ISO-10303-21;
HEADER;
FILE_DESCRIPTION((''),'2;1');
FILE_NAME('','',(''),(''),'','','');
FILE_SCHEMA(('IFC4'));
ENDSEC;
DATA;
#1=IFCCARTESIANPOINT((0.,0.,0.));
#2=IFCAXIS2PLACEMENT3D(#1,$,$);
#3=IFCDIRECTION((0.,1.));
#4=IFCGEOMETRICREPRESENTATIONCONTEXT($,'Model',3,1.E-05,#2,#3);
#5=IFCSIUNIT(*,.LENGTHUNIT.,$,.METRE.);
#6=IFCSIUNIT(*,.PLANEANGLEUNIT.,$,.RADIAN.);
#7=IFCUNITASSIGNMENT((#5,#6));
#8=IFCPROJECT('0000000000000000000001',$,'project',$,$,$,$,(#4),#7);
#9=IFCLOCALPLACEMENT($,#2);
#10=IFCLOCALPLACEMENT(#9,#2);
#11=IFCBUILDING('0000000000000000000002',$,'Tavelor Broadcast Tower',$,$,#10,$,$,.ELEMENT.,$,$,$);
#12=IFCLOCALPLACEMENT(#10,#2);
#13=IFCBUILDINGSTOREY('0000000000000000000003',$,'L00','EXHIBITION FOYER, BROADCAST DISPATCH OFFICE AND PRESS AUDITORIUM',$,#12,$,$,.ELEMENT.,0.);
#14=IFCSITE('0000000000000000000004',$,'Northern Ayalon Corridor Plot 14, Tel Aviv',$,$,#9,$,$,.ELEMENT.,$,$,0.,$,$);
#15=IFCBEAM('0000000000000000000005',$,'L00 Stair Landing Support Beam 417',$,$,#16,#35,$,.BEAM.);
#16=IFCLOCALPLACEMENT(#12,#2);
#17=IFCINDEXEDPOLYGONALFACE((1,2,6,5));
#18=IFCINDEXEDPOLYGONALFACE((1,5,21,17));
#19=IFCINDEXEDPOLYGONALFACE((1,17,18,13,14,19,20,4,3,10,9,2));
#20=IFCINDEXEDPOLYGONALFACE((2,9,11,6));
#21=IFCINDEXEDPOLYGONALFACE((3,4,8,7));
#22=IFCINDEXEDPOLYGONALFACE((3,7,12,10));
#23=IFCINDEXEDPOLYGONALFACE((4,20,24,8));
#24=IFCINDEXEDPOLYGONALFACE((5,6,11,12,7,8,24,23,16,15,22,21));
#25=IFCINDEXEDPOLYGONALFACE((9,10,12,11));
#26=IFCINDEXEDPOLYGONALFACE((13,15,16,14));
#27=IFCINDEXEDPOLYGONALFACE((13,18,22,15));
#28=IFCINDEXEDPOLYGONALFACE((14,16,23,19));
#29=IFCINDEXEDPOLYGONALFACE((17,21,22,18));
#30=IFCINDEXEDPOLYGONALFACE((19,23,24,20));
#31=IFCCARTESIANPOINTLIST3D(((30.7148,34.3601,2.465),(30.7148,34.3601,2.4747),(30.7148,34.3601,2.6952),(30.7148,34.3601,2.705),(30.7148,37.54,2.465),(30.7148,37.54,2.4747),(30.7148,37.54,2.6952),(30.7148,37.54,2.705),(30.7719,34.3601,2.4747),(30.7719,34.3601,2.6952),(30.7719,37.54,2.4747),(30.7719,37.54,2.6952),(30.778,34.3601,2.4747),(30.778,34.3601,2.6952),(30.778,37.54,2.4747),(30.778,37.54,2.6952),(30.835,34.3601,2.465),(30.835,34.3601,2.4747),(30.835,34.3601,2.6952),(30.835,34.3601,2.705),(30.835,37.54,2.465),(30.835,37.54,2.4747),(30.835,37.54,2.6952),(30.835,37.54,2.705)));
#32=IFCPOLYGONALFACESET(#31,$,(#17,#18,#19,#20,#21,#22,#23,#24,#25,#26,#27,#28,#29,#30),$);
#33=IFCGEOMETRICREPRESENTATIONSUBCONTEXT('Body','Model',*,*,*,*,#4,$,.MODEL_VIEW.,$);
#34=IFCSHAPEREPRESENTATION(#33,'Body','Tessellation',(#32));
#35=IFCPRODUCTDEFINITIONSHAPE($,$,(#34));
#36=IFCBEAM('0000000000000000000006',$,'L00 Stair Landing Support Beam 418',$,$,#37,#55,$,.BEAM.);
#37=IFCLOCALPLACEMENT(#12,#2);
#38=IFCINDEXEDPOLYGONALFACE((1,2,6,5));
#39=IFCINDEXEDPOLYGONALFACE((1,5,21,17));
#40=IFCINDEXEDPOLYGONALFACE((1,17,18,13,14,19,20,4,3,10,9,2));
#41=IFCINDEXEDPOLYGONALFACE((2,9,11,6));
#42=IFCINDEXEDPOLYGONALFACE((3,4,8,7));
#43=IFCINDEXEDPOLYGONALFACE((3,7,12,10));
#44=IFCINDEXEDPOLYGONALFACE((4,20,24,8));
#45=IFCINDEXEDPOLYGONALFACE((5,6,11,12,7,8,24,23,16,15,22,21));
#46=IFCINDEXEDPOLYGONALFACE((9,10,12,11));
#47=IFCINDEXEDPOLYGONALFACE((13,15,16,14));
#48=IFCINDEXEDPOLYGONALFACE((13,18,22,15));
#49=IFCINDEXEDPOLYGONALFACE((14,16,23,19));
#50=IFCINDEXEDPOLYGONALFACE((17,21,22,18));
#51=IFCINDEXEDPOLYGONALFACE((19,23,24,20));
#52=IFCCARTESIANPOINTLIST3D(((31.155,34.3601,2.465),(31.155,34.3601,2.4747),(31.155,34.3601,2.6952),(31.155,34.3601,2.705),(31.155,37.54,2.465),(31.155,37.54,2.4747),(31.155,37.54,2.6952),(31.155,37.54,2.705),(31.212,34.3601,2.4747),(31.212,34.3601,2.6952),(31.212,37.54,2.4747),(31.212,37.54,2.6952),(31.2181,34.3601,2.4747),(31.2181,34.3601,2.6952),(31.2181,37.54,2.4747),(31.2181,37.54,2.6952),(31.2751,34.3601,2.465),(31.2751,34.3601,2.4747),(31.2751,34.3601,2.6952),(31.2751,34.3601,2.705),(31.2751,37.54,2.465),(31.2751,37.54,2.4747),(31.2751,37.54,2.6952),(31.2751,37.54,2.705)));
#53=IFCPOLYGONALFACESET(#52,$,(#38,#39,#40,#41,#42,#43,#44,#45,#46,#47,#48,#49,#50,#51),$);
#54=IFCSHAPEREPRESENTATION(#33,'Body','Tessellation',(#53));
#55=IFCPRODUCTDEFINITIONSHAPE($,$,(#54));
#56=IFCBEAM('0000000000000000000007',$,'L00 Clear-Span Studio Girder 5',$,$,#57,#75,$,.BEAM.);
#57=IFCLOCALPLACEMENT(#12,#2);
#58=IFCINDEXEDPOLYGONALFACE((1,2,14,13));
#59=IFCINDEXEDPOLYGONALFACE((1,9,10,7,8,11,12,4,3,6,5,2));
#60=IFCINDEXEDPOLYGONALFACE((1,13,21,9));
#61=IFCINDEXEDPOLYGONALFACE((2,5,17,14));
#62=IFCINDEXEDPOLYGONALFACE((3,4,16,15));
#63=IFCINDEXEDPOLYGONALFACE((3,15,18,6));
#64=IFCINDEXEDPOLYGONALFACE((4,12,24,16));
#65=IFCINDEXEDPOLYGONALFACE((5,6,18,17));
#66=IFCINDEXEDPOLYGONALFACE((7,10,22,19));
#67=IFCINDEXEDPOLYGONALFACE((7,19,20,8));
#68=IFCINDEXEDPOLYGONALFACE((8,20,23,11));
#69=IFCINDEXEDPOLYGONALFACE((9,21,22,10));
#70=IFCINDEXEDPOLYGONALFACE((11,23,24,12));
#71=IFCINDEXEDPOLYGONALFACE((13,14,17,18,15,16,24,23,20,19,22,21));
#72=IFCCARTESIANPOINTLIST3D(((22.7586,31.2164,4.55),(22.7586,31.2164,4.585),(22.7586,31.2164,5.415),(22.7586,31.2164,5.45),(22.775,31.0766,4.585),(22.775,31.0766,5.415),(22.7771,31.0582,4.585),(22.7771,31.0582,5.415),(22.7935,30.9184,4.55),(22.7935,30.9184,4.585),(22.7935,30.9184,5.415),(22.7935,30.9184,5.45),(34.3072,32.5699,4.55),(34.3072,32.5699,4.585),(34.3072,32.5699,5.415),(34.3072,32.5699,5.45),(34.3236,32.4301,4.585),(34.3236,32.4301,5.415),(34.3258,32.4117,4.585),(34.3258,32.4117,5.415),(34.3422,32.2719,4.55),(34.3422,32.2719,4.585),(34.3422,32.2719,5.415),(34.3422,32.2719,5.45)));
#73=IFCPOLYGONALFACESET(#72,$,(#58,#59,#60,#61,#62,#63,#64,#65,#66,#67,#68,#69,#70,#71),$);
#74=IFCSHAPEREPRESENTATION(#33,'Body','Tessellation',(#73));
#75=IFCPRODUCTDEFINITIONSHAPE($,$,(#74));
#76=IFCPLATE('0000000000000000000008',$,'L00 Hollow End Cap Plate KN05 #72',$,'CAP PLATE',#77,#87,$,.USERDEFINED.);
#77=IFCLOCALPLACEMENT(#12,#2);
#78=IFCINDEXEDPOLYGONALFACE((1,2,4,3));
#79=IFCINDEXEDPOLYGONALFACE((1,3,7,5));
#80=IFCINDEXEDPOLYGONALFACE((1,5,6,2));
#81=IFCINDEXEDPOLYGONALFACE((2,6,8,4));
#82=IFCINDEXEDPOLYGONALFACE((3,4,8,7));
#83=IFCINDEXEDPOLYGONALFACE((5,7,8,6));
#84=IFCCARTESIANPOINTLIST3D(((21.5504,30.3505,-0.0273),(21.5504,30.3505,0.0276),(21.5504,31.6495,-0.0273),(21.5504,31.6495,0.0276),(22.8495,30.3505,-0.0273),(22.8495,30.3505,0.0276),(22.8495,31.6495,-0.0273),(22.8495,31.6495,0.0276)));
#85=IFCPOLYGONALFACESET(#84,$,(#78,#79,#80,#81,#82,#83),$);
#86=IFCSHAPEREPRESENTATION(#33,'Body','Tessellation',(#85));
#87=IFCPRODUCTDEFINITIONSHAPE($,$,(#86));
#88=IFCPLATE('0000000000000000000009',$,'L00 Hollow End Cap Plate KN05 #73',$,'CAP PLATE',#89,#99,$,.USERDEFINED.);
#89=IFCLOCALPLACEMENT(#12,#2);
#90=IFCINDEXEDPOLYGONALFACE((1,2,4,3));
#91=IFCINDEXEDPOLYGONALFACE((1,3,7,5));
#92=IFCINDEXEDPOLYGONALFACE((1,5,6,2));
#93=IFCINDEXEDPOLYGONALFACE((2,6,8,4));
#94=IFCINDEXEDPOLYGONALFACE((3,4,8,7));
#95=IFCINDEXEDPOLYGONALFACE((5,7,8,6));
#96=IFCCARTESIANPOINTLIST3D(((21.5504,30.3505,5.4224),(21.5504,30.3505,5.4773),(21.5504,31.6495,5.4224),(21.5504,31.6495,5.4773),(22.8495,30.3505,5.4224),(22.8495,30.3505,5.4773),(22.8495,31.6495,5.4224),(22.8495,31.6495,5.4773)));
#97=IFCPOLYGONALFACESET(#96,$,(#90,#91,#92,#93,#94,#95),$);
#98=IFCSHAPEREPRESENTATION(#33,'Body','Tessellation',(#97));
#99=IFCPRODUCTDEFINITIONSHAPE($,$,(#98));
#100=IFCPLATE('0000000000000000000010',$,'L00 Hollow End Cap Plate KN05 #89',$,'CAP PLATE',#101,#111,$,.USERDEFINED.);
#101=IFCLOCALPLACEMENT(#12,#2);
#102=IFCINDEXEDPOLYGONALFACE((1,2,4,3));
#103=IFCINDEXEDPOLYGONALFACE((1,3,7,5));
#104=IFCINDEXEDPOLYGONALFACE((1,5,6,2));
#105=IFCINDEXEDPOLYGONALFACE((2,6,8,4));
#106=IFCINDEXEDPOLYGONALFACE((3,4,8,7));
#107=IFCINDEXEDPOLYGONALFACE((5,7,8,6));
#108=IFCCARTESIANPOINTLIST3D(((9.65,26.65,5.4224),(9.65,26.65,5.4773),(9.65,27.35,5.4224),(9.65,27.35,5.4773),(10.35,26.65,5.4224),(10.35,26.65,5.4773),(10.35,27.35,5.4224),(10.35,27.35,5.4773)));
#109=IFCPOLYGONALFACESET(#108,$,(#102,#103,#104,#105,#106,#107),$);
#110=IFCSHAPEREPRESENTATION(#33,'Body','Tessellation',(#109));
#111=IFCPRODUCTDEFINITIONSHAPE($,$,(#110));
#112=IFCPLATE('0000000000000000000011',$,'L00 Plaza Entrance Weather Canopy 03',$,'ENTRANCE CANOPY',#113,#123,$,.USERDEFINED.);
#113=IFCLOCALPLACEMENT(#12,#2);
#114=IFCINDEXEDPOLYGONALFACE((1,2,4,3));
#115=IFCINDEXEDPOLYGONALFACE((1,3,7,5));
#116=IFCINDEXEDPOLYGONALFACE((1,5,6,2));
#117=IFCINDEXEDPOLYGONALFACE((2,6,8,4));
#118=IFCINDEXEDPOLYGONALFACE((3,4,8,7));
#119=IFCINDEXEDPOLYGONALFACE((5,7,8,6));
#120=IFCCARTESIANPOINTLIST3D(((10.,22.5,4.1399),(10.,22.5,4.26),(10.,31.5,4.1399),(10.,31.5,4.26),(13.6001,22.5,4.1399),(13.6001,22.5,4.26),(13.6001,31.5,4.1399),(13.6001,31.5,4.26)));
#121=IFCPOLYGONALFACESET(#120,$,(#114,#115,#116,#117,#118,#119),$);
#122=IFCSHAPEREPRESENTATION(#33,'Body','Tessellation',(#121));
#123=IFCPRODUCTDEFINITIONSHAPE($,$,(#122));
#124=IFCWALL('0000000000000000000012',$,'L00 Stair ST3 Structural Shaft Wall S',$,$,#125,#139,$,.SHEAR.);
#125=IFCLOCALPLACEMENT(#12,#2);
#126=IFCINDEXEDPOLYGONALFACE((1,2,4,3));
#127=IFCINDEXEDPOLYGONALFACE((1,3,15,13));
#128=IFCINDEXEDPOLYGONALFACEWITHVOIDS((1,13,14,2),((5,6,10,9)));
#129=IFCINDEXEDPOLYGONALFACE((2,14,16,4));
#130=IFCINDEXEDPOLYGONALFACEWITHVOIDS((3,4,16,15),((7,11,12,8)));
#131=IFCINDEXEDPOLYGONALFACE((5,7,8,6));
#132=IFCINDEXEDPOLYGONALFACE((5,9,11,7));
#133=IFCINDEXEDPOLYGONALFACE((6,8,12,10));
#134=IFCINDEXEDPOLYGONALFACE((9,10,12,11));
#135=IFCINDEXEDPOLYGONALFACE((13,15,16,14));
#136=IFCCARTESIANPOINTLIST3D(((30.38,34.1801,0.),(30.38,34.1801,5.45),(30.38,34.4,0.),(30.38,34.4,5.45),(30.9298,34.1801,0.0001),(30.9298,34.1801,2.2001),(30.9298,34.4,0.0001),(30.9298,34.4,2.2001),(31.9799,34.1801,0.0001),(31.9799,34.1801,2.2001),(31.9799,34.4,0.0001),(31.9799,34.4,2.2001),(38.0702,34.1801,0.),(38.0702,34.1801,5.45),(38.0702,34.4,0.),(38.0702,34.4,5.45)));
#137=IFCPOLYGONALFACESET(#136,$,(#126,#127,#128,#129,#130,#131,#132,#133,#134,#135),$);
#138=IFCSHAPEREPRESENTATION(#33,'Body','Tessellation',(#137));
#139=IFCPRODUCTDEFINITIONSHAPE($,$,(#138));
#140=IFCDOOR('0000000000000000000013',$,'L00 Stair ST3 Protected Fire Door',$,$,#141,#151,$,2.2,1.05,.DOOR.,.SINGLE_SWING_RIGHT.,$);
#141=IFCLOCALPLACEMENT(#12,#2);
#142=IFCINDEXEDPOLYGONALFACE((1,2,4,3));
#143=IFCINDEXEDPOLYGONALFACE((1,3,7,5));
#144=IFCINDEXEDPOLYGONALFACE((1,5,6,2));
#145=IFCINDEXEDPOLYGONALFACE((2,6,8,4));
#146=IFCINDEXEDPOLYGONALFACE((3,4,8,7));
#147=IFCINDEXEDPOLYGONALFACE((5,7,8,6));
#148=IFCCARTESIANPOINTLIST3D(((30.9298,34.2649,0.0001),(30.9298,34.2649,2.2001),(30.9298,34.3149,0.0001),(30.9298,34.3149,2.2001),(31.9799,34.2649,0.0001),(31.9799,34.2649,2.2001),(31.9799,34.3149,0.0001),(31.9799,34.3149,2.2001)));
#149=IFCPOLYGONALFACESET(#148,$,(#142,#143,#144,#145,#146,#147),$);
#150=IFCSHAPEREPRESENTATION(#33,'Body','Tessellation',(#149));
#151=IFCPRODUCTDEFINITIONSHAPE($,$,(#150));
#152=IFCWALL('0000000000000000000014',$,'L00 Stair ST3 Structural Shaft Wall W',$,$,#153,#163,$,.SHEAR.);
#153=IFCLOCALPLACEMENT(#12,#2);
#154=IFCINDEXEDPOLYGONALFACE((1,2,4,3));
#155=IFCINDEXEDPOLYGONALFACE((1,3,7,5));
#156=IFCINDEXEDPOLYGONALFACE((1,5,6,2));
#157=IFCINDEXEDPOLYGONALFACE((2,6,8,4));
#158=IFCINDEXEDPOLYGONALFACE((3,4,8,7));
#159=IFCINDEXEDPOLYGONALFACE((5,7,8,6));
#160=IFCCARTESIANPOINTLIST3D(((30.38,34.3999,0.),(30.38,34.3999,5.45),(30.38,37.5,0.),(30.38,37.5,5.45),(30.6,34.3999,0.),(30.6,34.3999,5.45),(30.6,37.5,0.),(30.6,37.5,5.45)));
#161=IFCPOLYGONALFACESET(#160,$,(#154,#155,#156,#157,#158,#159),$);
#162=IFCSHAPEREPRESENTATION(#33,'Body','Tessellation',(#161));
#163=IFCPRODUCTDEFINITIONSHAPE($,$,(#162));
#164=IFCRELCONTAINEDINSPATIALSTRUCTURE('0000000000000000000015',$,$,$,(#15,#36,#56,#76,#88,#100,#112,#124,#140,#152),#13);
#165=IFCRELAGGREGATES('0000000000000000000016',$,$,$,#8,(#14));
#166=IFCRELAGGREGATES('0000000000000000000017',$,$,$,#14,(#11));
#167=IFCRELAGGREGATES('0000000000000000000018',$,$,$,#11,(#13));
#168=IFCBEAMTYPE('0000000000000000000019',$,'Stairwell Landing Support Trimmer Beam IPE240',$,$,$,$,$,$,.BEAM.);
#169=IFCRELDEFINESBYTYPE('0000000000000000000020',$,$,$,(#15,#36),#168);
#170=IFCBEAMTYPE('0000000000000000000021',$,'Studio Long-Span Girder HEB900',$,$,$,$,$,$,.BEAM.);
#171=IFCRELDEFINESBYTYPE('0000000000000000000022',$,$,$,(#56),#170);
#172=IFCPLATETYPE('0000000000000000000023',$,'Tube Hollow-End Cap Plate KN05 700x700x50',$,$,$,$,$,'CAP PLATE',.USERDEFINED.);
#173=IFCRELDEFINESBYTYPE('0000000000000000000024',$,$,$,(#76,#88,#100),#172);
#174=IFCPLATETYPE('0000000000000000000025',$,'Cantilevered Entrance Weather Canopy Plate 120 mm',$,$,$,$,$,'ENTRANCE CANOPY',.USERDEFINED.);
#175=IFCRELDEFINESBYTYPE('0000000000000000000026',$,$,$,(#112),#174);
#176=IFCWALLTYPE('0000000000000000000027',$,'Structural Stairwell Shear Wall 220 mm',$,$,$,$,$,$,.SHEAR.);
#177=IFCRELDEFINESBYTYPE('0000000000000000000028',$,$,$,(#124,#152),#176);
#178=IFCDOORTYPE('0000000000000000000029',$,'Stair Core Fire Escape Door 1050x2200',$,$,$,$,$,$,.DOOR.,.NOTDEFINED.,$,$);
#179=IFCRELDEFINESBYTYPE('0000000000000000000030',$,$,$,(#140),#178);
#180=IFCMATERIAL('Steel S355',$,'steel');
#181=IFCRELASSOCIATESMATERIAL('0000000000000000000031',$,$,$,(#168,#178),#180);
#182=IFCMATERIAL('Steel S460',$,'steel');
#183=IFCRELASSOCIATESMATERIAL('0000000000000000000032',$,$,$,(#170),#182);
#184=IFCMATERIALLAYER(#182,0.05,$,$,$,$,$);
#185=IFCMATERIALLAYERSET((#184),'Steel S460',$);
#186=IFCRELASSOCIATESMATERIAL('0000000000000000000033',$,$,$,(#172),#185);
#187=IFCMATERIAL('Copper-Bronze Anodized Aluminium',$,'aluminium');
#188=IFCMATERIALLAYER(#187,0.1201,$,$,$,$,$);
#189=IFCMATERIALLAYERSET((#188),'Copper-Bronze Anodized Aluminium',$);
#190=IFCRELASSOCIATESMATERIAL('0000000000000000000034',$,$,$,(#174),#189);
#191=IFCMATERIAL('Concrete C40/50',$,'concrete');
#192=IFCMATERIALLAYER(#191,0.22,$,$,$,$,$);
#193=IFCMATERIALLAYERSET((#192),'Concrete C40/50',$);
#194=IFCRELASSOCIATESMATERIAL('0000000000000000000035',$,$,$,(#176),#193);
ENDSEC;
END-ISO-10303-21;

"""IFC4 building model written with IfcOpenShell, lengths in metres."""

from ifc_helpers import new_model, si_unit, direction, frame, frame_2d, origin, origin_2d, place, context, subcontext, project, spatial, rectangle, i_section, extrude, source, transform, mapped, material, layer, layer_set, material_profile, profile_set, type_object, type_shapes, element, fill, save


model = new_model("IFC4")

# Units and contexts
model_context = context("Model", 3, precision=1e-05, world=origin(), true_north=direction((0.0, 1.0)))
body_context = subcontext(model_context, "Body", "Model", "MODEL_VIEW")
ifc_project = project(units=[si_unit("LENGTHUNIT", "METRE"), si_unit("PLANEANGLEUNIT", "RADIAN")], contexts=[model_context])

# Site, building, storey
site_placement = place(None, origin())
site = spatial("IfcSite", under=ifc_project, at=site_placement, Name="Northern Ayalon Corridor Plot 14, Tel Aviv", CompositionType="ELEMENT", RefElevation=0.0)
building_placement = place(site_placement, origin())
building = spatial("IfcBuilding", under=site, at=building_placement, Name="Tavelor Broadcast Tower", CompositionType="ELEMENT")
storey_placement = place(building_placement, origin())
storey = spatial("IfcBuildingStorey", under=building, at=storey_placement, Name="L00", Description="EXHIBITION FOYER, BROADCAST DISPATCH OFFICE AND PRESS AUDITORIUM", CompositionType="ELEMENT", Elevation=0.0)

# Shared definitions
ifc_material_1 = material(Name="Steel S355", Category="steel")
ifc_material_2 = material(Name="Steel S460", Category="steel")

# Beams
ifc_material_profile_1 = material_profile(ifc_material_1, i_section(OverallWidth=0.1201, OverallDepth=0.24, WebThickness=0.0061, FlangeThickness=0.0098, at=origin_2d()), Name="IPE 240")
ifc_profile_set_1 = profile_set([ifc_material_profile_1], Name="Steel S355")
beam_type_1 = type_object("IfcBeamType", Name="Stairwell Landing Support Trimmer Beam IPE240", PredefinedType="BEAM", material=ifc_profile_set_1)
for number, where, z_axis, x_axis, name in (
    (1, (30.7749, 34.3601, 2.585), (0.0, 1.0, 0.0), (-1.0, 0.0, 0.0), "L00 Stair Landing Support Beam 417"),
    (2, (31.2151, 34.3601, 2.585), (0.0, 1.0, 0.0), (-1.0, 0.0, 0.0), "L00 Stair Landing Support Beam 418"),
):
    element("IfcBeam", number, at=place(storey_placement, frame(where, z_axis=z_axis, x_axis=x_axis)), inside=storey, type_object=beam_type_1, Name=name, PredefinedType="BEAM", context=body_context, shape_type="SweptSolid", body=[
        extrude(i_section(OverallWidth=0.1201, OverallDepth=0.24, WebThickness=0.0061, FlangeThickness=0.0098, at=origin_2d()), origin(), (0.0, 0.0, 1.0), 3.1799),
    ])
ifc_material_profile_2 = material_profile(ifc_material_2, i_section(OverallWidth=0.3, OverallDepth=0.8999, WebThickness=0.0186, FlangeThickness=0.0349, at=origin_2d()), Name="HEB 900")
ifc_profile_set_2 = profile_set([ifc_material_profile_2], Name="Steel S460")
beam_type_2 = type_object("IfcBeamType", Name="Studio Long-Span Girder HEB900", PredefinedType="BEAM", material=ifc_profile_set_2)
beam_1_placement = place(storey_placement, frame((34.3247, 32.4209, 5.0), z_axis=(-0.993202, -0.116405, 0.0), x_axis=(0.116405, -0.993202, 0.0)))
element("IfcBeam", 3, at=beam_1_placement, inside=storey, type_object=beam_type_2, Name="L00 Clear-Span Studio Girder 5", PredefinedType="BEAM", context=body_context, shape_type="SweptSolid", body=[
    extrude(i_section(OverallWidth=0.3, OverallDepth=0.8999, WebThickness=0.0186, FlangeThickness=0.0349, at=origin_2d()), origin(), (0.0, 0.0, 1.0), 11.6277),
])

# Plates
ifc_layer_1 = layer(ifc_material_2, 0.05)
ifc_layer_set_1 = layer_set([ifc_layer_1], Name="Steel S460")
plate_type_1 = type_object("IfcPlateType", Name="Tube Hollow-End Cap Plate KN05 700x700x50", ElementType="CAP PLATE", PredefinedType="USERDEFINED", material=ifc_layer_set_1)
shared_shape_1 = source(origin(), body_context, "Body", "SweptSolid", [
    extrude(rectangle(XDim=1.2991, YDim=1.2991, at=origin_2d()), origin(), (0.0, 0.0, 1.0), 0.0549),
])
for number, where, z_axis, x_axis, name in (
    (4, (22.2, 31.0, -0.0273), (0.0, 0.0, 1.0), (1.0, 0.0, 0.0), "L00 Hollow End Cap Plate KN05 #72"),
    (5, (22.2, 31.0, 5.4224), (0.0, 0.0, 1.0), (1.0, 0.0, 0.0), "L00 Hollow End Cap Plate KN05 #73"),
):
    element("IfcPlate", number, at=place(storey_placement, frame(where, z_axis=z_axis, x_axis=x_axis)), inside=storey, type_object=plate_type_1, Name=name, ObjectType="CAP PLATE", PredefinedType="USERDEFINED", context=body_context, shape_type="MappedRepresentation", body=[
        mapped(shared_shape_1, transform((0.0, 0.0, 0.0), scale=1.0)),
    ])
shared_shape_2 = source(origin(), body_context, "Body", "SweptSolid", [
    extrude(rectangle(XDim=0.7, YDim=0.7, at=origin_2d()), origin(), (0.0, 0.0, 1.0), 0.0549),
])
type_shapes(plate_type_1, [shared_shape_1, shared_shape_2])
plate_1_placement = place(storey_placement, frame((10.0, 27.0, 5.4224), z_axis=(0.0, 0.0, 1.0), x_axis=(1.0, 0.0, 0.0)))
element("IfcPlate", 6, at=plate_1_placement, inside=storey, type_object=plate_type_1, Name="L00 Hollow End Cap Plate KN05 #89", ObjectType="CAP PLATE", PredefinedType="USERDEFINED", context=body_context, shape_type="MappedRepresentation", body=[
    mapped(shared_shape_2, transform((0.0, 0.0, 0.0), scale=1.0)),
])
ifc_material_3 = material(Name="Copper-Bronze Anodized Aluminium", Category="aluminium")
ifc_layer_2 = layer(ifc_material_3, 0.1201)
ifc_layer_set_2 = layer_set([ifc_layer_2], Name="Copper-Bronze Anodized Aluminium")
plate_type_2 = type_object("IfcPlateType", Name="Cantilevered Entrance Weather Canopy Plate 120 mm", ElementType="ENTRANCE CANOPY", PredefinedType="USERDEFINED", material=ifc_layer_set_2)
shared_shape_3 = source(origin(), body_context, "Body", "SweptSolid", [
    extrude(rectangle(XDim=3.6001, YDim=9.0, at=origin_2d()), origin(), (0.0, 0.0, 1.0), 0.1201),
])
type_shapes(plate_type_2, [shared_shape_3])
plate_2_placement = place(storey_placement, frame((11.8, 27.0, 4.1399), z_axis=(0.0, 0.0, 1.0), x_axis=(1.0, 0.0, 0.0)))
element("IfcPlate", 7, at=plate_2_placement, inside=storey, type_object=plate_type_2, Name="L00 Plaza Entrance Weather Canopy 03", ObjectType="ENTRANCE CANOPY", PredefinedType="USERDEFINED", context=body_context, shape_type="MappedRepresentation", body=[
    mapped(shared_shape_3, transform((0.0, 0.0, 0.0), scale=1.0)),
])

# Wall, opening, door
ifc_material_4 = material(Name="Concrete C40/50", Category="concrete")
ifc_layer_3 = layer(ifc_material_4, 0.22)
ifc_layer_set_3 = layer_set([ifc_layer_3], Name="Concrete C40/50")
wall_type_1 = type_object("IfcWallType", Name="Structural Stairwell Shear Wall 220 mm", PredefinedType="SHEAR", material=ifc_layer_set_3)
wall_1_placement = place(storey_placement, frame((30.3799, 34.29, 0.0), z_axis=(0.0, 0.0, 1.0), x_axis=(1.0, 0.0, 0.0)))
wall_1 = element("IfcWall", 8, at=wall_1_placement, inside=storey, type_object=wall_type_1, Name="L00 Stair ST3 Structural Shaft Wall S", PredefinedType="SHEAR", context=body_context, shape_type="SweptSolid", body=[
    extrude(rectangle(XDim=7.6902, YDim=0.22, at=frame_2d((3.8452, 0.0))), origin(), (0.0, 0.0, 1.0), 5.45),
])
opening_1_placement = place(wall_1_placement, frame((0.55, 0.0, 0.0)))
opening_1 = element("IfcOpeningElement", 9, at=opening_1_placement, cuts=wall_1, PredefinedType="OPENING", context=body_context, shape_type="SweptSolid", body=[
    extrude(rectangle(XDim=1.05, YDim=2.2, at=frame_2d((0.5249, 1.1001))), frame((0.0, 0.1201, 0.0), z_axis=(0.0, -1.0, 0.0), x_axis=(1.0, 0.0, 0.0)), (0.0, 0.0, 1.0), 0.24),
])
door_type_1 = type_object("IfcDoorType", Name="Stair Core Fire Escape Door 1050x2200", OperationType="NOTDEFINED", PredefinedType="DOOR", material=ifc_material_1)
door_1_placement = place(opening_1_placement, origin())
door_1 = element("IfcDoor", 10, at=door_1_placement, inside=storey, type_object=door_type_1, Name="L00 Stair ST3 Protected Fire Door", OperationType="SINGLE_SWING_RIGHT", OverallHeight=2.2, OverallWidth=1.05, PredefinedType="DOOR", context=body_context, shape_type="SweptSolid", body=[
    extrude(rectangle(XDim=1.05, YDim=2.2, at=frame_2d((0.5249, 1.1001))), frame((0.0, 0.0249, 0.0), z_axis=(0.0, -1.0, 0.0), x_axis=(1.0, 0.0, 0.0)), (0.0, 0.0, 1.0), 0.05),
])
fill(opening_1, door_1)

# Wall
wall_2_placement = place(storey_placement, frame((30.49, 34.3999, 0.0), z_axis=(0.0, 0.0, 1.0), x_axis=(0.0, 1.0, 0.0)))
element("IfcWall", 11, at=wall_2_placement, inside=storey, type_object=wall_type_1, Name="L00 Stair ST3 Structural Shaft Wall W", PredefinedType="SHEAR", context=body_context, shape_type="SweptSolid", body=[
    extrude(rectangle(XDim=3.1001, YDim=0.22, at=frame_2d((1.55, 0.0))), origin(), (0.0, 0.0, 1.0), 5.45),
])

save(model, "model.ifc")
